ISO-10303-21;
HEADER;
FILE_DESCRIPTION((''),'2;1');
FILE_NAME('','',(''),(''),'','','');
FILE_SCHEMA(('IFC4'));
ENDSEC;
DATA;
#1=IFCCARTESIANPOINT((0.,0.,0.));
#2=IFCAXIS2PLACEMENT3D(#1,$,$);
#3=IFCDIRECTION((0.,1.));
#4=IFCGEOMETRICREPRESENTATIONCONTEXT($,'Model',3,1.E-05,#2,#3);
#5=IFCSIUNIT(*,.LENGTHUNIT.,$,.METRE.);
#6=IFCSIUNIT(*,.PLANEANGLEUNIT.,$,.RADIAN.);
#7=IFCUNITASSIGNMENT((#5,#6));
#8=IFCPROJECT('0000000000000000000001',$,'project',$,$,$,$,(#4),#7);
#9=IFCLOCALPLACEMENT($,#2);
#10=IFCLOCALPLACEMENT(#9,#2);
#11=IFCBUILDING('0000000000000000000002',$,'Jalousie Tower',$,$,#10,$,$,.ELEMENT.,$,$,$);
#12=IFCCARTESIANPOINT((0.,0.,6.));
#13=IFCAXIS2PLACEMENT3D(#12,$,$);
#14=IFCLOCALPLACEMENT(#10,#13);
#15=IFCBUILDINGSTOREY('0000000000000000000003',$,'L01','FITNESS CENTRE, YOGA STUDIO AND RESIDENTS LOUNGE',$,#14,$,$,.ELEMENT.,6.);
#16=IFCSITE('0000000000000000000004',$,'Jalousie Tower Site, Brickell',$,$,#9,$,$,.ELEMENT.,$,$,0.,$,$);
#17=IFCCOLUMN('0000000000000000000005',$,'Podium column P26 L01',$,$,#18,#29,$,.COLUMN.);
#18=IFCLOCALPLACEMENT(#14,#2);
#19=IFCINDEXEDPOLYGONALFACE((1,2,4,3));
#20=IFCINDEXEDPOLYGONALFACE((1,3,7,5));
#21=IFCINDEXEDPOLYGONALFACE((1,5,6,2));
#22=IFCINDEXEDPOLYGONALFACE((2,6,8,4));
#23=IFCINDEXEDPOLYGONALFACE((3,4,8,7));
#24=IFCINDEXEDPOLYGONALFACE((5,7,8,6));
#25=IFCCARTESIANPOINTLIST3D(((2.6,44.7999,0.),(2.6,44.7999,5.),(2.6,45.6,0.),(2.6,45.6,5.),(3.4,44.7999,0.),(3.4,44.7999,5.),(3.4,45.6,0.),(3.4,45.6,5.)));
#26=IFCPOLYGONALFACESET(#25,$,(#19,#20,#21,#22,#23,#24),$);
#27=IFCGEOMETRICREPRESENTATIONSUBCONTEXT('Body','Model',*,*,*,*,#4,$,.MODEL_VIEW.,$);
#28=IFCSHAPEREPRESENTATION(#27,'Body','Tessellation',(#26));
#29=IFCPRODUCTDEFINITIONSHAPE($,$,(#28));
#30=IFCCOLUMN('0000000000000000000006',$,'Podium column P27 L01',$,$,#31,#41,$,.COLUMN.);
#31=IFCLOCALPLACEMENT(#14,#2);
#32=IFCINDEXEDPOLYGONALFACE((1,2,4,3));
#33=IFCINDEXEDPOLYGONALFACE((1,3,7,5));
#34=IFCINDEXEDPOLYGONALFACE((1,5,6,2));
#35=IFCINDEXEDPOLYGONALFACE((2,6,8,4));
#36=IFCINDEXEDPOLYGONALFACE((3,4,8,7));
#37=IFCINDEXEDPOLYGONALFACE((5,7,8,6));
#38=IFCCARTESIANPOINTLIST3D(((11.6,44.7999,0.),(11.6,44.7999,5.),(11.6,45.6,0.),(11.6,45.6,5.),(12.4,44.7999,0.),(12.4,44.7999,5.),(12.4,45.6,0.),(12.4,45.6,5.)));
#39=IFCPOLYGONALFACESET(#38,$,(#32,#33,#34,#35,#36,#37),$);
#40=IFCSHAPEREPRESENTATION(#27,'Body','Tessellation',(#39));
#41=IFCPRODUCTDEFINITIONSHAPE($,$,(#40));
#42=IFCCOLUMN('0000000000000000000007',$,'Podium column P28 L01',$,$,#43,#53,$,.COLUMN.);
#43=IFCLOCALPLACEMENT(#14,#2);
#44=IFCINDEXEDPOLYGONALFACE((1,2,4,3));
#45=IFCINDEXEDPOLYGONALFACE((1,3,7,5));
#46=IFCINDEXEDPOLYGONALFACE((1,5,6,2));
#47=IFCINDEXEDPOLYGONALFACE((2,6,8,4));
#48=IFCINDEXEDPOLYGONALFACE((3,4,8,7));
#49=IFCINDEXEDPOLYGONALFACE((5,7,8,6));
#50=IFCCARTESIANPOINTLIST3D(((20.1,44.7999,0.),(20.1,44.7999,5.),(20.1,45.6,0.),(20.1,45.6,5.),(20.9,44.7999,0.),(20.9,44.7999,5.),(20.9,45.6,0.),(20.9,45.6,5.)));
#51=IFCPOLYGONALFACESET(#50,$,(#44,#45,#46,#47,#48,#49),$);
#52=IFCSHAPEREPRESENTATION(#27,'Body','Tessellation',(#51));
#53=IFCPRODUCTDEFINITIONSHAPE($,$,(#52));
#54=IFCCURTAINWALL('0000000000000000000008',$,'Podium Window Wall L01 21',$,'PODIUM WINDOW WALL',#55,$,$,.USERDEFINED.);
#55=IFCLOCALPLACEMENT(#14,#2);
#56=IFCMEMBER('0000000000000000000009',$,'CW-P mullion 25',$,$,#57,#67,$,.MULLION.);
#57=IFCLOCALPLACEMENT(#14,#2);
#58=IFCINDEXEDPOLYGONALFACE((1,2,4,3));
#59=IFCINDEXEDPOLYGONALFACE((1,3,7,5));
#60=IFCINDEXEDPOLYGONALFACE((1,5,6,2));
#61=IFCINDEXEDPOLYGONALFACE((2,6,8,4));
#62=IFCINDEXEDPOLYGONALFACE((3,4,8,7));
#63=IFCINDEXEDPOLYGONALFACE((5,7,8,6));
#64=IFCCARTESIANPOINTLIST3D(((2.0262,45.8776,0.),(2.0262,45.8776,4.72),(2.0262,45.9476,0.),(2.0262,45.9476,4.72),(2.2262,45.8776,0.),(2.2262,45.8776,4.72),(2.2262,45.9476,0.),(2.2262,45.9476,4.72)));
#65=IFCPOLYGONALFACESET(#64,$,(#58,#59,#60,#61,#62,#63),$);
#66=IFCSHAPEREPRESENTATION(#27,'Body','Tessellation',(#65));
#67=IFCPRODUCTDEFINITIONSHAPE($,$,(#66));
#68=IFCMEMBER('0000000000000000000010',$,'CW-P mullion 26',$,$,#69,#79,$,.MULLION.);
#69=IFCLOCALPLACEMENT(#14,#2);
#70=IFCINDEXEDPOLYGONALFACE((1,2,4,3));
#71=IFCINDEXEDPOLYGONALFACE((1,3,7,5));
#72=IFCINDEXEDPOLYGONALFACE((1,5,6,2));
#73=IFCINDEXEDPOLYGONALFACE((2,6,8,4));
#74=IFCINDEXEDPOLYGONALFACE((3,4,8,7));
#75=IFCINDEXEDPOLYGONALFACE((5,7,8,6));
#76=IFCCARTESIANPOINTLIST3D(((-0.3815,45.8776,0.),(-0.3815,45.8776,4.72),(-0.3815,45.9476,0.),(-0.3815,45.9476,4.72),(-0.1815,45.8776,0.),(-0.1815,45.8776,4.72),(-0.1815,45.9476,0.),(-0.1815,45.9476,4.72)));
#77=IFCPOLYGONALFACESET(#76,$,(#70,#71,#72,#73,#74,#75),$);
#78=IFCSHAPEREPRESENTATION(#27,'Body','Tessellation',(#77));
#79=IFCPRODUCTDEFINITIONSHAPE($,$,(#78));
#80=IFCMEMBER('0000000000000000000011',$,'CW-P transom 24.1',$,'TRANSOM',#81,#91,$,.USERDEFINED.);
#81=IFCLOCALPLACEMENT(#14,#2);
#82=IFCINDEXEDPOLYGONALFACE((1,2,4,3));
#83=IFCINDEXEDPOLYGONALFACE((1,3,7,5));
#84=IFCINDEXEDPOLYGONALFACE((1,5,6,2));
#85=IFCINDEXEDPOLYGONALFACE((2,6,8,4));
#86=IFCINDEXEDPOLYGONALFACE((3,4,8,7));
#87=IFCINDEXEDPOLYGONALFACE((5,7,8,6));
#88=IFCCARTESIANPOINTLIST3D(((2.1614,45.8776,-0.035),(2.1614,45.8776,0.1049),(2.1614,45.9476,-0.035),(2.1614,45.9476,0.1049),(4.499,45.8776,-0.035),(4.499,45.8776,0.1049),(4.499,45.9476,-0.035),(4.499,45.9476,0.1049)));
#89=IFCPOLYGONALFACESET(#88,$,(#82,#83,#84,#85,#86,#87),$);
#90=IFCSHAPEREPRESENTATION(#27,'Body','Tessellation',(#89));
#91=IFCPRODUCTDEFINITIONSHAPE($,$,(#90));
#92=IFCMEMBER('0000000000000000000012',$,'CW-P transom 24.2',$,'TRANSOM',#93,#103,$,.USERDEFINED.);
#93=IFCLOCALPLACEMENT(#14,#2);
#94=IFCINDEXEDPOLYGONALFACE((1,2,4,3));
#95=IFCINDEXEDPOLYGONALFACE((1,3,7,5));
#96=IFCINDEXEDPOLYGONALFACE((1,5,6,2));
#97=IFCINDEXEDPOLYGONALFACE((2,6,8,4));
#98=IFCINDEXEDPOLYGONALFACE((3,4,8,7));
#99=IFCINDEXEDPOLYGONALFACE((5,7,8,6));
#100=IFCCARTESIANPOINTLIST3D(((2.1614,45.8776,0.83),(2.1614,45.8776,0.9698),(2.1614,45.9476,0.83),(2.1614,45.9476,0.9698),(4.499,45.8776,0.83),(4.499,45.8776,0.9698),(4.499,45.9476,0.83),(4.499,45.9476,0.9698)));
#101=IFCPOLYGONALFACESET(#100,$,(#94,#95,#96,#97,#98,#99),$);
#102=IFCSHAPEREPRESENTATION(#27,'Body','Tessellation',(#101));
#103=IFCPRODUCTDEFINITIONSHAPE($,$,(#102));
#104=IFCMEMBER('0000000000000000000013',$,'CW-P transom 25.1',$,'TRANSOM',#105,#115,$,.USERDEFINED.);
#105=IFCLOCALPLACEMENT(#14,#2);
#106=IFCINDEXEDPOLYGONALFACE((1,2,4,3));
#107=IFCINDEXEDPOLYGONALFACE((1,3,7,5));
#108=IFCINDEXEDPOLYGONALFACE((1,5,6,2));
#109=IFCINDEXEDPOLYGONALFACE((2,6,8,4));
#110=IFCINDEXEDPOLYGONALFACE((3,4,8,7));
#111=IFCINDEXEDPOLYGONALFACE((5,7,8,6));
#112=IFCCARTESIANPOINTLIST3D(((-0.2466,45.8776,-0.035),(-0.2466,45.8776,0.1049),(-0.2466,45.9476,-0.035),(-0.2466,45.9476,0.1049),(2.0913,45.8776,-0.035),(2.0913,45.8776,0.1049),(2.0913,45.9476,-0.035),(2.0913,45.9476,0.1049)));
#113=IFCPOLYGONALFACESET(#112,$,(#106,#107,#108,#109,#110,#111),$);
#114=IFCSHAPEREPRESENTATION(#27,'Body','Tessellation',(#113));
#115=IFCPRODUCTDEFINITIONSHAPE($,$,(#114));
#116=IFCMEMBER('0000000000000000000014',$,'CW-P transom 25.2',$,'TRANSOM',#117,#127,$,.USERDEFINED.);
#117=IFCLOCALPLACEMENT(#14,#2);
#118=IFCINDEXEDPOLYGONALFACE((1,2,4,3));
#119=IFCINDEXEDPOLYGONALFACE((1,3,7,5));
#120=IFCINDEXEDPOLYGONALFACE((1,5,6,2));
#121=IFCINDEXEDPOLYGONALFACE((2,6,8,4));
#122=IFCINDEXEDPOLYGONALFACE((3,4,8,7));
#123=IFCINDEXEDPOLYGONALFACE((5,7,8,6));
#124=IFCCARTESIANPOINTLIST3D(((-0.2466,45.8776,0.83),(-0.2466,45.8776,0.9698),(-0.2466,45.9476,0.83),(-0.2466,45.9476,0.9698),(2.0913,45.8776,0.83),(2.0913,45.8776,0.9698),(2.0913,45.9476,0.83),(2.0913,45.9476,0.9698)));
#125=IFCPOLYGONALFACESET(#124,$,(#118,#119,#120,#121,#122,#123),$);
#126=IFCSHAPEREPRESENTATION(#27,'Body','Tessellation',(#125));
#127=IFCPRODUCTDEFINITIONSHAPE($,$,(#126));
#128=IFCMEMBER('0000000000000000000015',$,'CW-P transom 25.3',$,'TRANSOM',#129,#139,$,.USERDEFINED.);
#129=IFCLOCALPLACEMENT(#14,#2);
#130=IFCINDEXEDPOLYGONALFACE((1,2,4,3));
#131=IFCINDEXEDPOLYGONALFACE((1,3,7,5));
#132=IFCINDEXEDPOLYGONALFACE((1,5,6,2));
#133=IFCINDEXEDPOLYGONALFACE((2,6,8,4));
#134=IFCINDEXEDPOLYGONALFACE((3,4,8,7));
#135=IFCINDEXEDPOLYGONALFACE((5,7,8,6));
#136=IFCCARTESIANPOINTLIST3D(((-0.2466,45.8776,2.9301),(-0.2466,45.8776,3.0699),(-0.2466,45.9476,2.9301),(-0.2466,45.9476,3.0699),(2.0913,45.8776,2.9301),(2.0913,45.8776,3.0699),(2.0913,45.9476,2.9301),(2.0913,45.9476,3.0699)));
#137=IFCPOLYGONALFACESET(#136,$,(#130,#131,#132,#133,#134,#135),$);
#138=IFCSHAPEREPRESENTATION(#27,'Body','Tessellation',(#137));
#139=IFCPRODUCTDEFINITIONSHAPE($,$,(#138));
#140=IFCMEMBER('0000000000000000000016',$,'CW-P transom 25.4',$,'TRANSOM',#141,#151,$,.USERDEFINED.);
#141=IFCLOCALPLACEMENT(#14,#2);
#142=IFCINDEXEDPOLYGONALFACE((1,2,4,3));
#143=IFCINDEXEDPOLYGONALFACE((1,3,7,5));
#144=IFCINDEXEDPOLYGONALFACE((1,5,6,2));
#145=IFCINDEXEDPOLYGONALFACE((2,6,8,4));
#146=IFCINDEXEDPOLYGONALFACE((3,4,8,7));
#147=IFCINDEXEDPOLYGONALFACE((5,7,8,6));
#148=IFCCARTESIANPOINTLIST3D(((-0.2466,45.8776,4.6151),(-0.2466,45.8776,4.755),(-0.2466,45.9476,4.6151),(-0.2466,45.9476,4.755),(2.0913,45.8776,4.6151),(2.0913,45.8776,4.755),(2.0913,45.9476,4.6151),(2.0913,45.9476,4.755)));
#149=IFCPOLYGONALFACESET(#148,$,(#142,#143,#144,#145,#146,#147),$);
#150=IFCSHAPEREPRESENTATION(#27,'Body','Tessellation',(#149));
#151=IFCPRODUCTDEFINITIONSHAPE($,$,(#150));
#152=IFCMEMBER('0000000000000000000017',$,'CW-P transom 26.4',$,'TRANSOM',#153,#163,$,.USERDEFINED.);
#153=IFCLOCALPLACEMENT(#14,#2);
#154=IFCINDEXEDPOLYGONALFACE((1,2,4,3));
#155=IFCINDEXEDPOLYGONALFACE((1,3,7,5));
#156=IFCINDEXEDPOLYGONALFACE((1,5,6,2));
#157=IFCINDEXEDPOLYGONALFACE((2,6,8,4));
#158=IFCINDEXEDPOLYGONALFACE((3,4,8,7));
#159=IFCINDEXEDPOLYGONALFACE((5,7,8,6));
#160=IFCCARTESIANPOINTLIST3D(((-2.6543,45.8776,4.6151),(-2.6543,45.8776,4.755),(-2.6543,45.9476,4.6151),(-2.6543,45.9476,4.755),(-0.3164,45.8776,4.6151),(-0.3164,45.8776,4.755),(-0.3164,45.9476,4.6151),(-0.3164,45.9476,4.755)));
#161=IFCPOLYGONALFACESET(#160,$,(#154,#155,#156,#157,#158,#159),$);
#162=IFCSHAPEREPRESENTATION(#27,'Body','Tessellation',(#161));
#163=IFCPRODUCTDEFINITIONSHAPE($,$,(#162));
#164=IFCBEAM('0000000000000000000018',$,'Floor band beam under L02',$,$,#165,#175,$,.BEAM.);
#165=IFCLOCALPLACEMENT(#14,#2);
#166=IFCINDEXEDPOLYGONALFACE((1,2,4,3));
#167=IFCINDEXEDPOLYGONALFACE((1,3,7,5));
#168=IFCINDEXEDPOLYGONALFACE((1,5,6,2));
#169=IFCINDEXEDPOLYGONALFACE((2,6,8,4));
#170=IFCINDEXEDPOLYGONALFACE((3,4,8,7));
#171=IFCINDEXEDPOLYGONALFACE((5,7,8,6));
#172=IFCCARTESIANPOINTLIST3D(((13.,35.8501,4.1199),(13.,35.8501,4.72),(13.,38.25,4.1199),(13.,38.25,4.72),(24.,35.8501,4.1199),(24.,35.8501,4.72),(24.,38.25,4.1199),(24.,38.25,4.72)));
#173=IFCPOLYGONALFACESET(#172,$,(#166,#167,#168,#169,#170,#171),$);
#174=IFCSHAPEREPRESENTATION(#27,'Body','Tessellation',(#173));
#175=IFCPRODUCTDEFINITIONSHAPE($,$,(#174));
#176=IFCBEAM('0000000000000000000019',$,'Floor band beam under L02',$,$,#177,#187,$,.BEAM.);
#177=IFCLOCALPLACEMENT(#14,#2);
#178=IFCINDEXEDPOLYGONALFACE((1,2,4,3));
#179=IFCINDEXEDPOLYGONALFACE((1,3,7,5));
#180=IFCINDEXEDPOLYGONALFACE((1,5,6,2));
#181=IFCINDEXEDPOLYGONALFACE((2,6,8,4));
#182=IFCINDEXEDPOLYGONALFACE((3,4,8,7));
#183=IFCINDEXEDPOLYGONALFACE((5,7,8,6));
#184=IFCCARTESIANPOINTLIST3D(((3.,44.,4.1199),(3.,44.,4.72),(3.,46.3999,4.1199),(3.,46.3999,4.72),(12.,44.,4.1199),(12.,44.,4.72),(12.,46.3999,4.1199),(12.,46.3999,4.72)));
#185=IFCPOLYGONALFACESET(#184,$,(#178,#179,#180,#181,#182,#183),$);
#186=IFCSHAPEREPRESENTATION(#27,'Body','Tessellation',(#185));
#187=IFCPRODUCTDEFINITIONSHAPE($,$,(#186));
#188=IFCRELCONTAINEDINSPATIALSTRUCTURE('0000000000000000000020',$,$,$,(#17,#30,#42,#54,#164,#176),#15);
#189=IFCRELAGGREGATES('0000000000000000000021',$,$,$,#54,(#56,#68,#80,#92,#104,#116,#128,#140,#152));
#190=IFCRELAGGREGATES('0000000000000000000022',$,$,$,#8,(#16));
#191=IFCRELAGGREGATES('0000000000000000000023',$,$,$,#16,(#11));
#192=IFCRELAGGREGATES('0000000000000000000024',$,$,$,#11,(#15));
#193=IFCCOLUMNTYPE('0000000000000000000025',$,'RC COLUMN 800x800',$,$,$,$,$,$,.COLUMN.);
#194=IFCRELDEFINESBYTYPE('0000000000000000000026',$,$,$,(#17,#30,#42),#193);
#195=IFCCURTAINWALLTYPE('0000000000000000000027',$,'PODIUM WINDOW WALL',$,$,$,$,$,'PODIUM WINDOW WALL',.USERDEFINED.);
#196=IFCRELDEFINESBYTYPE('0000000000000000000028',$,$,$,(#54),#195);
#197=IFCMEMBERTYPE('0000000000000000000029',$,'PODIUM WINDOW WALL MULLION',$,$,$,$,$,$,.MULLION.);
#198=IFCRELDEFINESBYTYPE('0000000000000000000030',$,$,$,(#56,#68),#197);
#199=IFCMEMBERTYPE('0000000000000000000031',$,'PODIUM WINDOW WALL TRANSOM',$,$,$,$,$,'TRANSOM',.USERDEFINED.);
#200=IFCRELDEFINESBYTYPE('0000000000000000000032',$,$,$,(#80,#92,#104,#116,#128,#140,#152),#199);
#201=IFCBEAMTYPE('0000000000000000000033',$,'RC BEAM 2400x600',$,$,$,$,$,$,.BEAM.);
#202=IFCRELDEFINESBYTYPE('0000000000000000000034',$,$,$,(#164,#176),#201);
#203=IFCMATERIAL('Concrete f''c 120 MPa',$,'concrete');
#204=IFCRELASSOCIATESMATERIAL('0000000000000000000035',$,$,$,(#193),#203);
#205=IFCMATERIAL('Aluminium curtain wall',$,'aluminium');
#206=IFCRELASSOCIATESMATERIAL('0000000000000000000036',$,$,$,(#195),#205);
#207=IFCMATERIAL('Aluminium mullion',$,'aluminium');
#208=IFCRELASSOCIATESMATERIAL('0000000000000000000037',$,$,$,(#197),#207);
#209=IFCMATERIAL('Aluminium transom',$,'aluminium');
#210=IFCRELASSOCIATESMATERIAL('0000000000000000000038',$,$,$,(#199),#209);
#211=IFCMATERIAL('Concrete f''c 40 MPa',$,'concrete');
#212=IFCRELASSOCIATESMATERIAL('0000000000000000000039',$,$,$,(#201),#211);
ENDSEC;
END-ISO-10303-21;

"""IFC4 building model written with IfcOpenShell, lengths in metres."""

from ifc_helpers import new_model, si_unit, direction, frame, origin, origin_2d, place, context, subcontext, project, spatial, rectangle, extrude, material, material_profile, profile_set, type_object, element, aggregate, save


model = new_model("IFC4")

# Units and contexts
model_context = context("Model", 3, precision=1e-05, world=origin(), true_north=direction((0.0, 1.0)))
body_context = subcontext(model_context, "Body", "Model", "MODEL_VIEW")
ifc_project = project(units=[si_unit("LENGTHUNIT", "METRE"), si_unit("PLANEANGLEUNIT", "RADIAN")], contexts=[model_context])

# Site, building, storey
site_placement = place(None, origin())
site = spatial("IfcSite", under=ifc_project, at=site_placement, Name="Jalousie Tower Site, Brickell", CompositionType="ELEMENT", RefElevation=0.0)
building_placement = place(site_placement, origin())
building = spatial("IfcBuilding", under=site, at=building_placement, Name="Jalousie Tower", CompositionType="ELEMENT")
storey_placement = place(building_placement, frame((0.0, 0.0, 6.0)))
storey = spatial("IfcBuildingStorey", under=building, at=storey_placement, Name="L01", Description="FITNESS CENTRE, YOGA STUDIO AND RESIDENTS LOUNGE", CompositionType="ELEMENT", Elevation=6.0)

# Columns
ifc_material_1 = material(Name="Concrete f'c 120 MPa", Category="concrete")
ifc_material_profile_1 = material_profile(ifc_material_1, rectangle(XDim=0.8, YDim=0.8, at=origin_2d()), Name="RC 800x800")
ifc_profile_set_1 = profile_set([ifc_material_profile_1], Name="Concrete f'c 120 MPa")
column_type = type_object("IfcColumnType", Name="RC COLUMN 800x800", PredefinedType="COLUMN", material=ifc_profile_set_1)
for number, where, z_axis, x_axis, name in (
    (1, (3.0, 45.2, 0.0), (0.0, 0.0, 1.0), (1.0, 0.0, 0.0), "Podium column P26 L01"),
    (2, (12.0, 45.2, 0.0), (0.0, 0.0, 1.0), (1.0, 0.0, 0.0), "Podium column P27 L01"),
    (3, (20.5, 45.2, 0.0), (0.0, 0.0, 1.0), (1.0, 0.0, 0.0), "Podium column P28 L01"),
):
    element("IfcColumn", number, at=place(storey_placement, frame(where, z_axis=z_axis, x_axis=x_axis)), inside=storey, type_object=column_type, Name=name, PredefinedType="COLUMN", context=body_context, shape_type="SweptSolid", body=[
        extrude(rectangle(XDim=0.8, YDim=0.8, at=origin_2d()), origin(), (0.0, 0.0, 1.0), 5.0),
    ])

# Curtain wall, members
ifc_material_2 = material(Name="Aluminium curtain wall", Category="aluminium")
curtain_wall_type = type_object("IfcCurtainWallType", Name="PODIUM WINDOW WALL", ElementType="PODIUM WINDOW WALL", PredefinedType="USERDEFINED", material=ifc_material_2)
curtain_wall_placement = place(storey_placement, origin())
curtain_wall = element("IfcCurtainWall", 4, at=curtain_wall_placement, inside=storey, type_object=curtain_wall_type, Name="Podium Window Wall L01 21", ObjectType="PODIUM WINDOW WALL", PredefinedType="USERDEFINED")
ifc_material_3 = material(Name="Aluminium mullion", Category="aluminium")
ifc_material_profile_2 = material_profile(ifc_material_3, rectangle(XDim=0.0701, YDim=0.2, at=origin_2d()), Name="MULLION 70x200")
ifc_profile_set_2 = profile_set([ifc_material_profile_2], Name="Aluminium mullion")
member_type_1 = type_object("IfcMemberType", Name="PODIUM WINDOW WALL MULLION", PredefinedType="MULLION", material=ifc_profile_set_2)
member_1_placement = place(storey_placement, frame((2.1262, 45.9126, 0.0), z_axis=(0.0, 0.0, 1.0), x_axis=(0.0, -1.0, 0.0)))
member_1 = element("IfcMember", 5, at=member_1_placement, type_object=member_type_1, Name="CW-P mullion 25", PredefinedType="MULLION", context=body_context, shape_type="SweptSolid", body=[
    extrude(rectangle(XDim=0.0701, YDim=0.2, at=origin_2d()), origin(), (0.0, 0.0, 1.0), 4.72),
])
member_2_placement = place(storey_placement, frame((-0.2815, 45.9126, 0.0), z_axis=(0.0, 0.0, 1.0), x_axis=(0.0, -1.0, 0.0)))
member_2 = element("IfcMember", 6, at=member_2_placement, type_object=member_type_1, Name="CW-P mullion 26", PredefinedType="MULLION", context=body_context, shape_type="SweptSolid", body=[
    extrude(rectangle(XDim=0.0701, YDim=0.2, at=origin_2d()), origin(), (0.0, 0.0, 1.0), 4.72),
])
ifc_material_4 = material(Name="Aluminium transom", Category="aluminium")
ifc_material_profile_3 = material_profile(ifc_material_4, rectangle(XDim=0.0701, YDim=0.1399, at=origin_2d()), Name="TRANSOM 70x140")
ifc_profile_set_3 = profile_set([ifc_material_profile_3], Name="Aluminium transom")
member_type_2 = type_object("IfcMemberType", Name="PODIUM WINDOW WALL TRANSOM", ElementType="TRANSOM", PredefinedType="USERDEFINED", material=ifc_profile_set_3)
member_3_placement = place(storey_placement, frame((4.499, 45.9126, 0.0349), z_axis=(-1.0, 0.0, 0.0), x_axis=(0.0, -1.0, 0.0)))
member_3 = element("IfcMember", 7, at=member_3_placement, type_object=member_type_2, Name="CW-P transom 24.1", ObjectType="TRANSOM", PredefinedType="USERDEFINED", context=body_context, shape_type="SweptSolid", body=[
    extrude(rectangle(XDim=0.0701, YDim=0.1399, at=origin_2d()), origin(), (0.0, 0.0, 1.0), 2.3376),
])
member_4_placement = place(storey_placement, frame((4.499, 45.9126, 0.8999), z_axis=(-1.0, 0.0, 0.0), x_axis=(0.0, -1.0, 0.0)))
member_4 = element("IfcMember", 8, at=member_4_placement, type_object=member_type_2, Name="CW-P transom 24.2", ObjectType="TRANSOM", PredefinedType="USERDEFINED", context=body_context, shape_type="SweptSolid", body=[
    extrude(rectangle(XDim=0.0701, YDim=0.1399, at=origin_2d()), origin(), (0.0, 0.0, 1.0), 2.3376),
])
member_5_placement = place(storey_placement, frame((2.0913, 45.9126, 0.0349), z_axis=(-1.0, 0.0, 0.0), x_axis=(0.0, -1.0, 0.0)))
member_5 = element("IfcMember", 9, at=member_5_placement, type_object=member_type_2, Name="CW-P transom 25.1", ObjectType="TRANSOM", PredefinedType="USERDEFINED", context=body_context, shape_type="SweptSolid", body=[
    extrude(rectangle(XDim=0.0701, YDim=0.1399, at=origin_2d()), origin(), (0.0, 0.0, 1.0), 2.3379),
])
member_6_placement = place(storey_placement, frame((2.0913, 45.9126, 0.8999), z_axis=(-1.0, 0.0, 0.0), x_axis=(0.0, -1.0, 0.0)))
member_6 = element("IfcMember", 10, at=member_6_placement, type_object=member_type_2, Name="CW-P transom 25.2", ObjectType="TRANSOM", PredefinedType="USERDEFINED", context=body_context, shape_type="SweptSolid", body=[
    extrude(rectangle(XDim=0.0701, YDim=0.1399, at=origin_2d()), origin(), (0.0, 0.0, 1.0), 2.3379),
])
member_7_placement = place(storey_placement, frame((2.0913, 45.9126, 3.0), z_axis=(-1.0, 0.0, 0.0), x_axis=(0.0, -1.0, 0.0)))
member_7 = element("IfcMember", 11, at=member_7_placement, type_object=member_type_2, Name="CW-P transom 25.3", ObjectType="TRANSOM", PredefinedType="USERDEFINED", context=body_context, shape_type="SweptSolid", body=[
    extrude(rectangle(XDim=0.0701, YDim=0.1399, at=origin_2d()), origin(), (0.0, 0.0, 1.0), 2.3379),
])
member_8_placement = place(storey_placement, frame((2.0913, 45.9126, 4.6851), z_axis=(-1.0, 0.0, 0.0), x_axis=(0.0, -1.0, 0.0)))
member_8 = element("IfcMember", 12, at=member_8_placement, type_object=member_type_2, Name="CW-P transom 25.4", ObjectType="TRANSOM", PredefinedType="USERDEFINED", context=body_context, shape_type="SweptSolid", body=[
    extrude(rectangle(XDim=0.0701, YDim=0.1399, at=origin_2d()), origin(), (0.0, 0.0, 1.0), 2.3379),
])
member_9_placement = place(storey_placement, frame((-0.3164, 45.9126, 4.6851), z_axis=(-1.0, 0.0, 0.0), x_axis=(0.0, -1.0, 0.0)))
member_9 = element("IfcMember", 13, at=member_9_placement, type_object=member_type_2, Name="CW-P transom 26.4", ObjectType="TRANSOM", PredefinedType="USERDEFINED", context=body_context, shape_type="SweptSolid", body=[
    extrude(rectangle(XDim=0.0701, YDim=0.1399, at=origin_2d()), origin(), (0.0, 0.0, 1.0), 2.3379),
])

# Beams
ifc_material_5 = material(Name="Concrete f'c 40 MPa", Category="concrete")
ifc_material_profile_4 = material_profile(ifc_material_5, rectangle(XDim=2.3999, YDim=0.6001, at=origin_2d()), Name="RC 2400x600")
ifc_profile_set_4 = profile_set([ifc_material_profile_4], Name="Concrete f'c 40 MPa")
beam_type_1 = type_object("IfcBeamType", Name="RC BEAM 2400x600", PredefinedType="BEAM", material=ifc_profile_set_4)
beam_1_placement = place(storey_placement, frame((24.0, 37.05, 4.4199), z_axis=(-1.0, 0.0, 0.0), x_axis=(0.0, -1.0, 0.0)))
element("IfcBeam", 14, at=beam_1_placement, inside=storey, type_object=beam_type_1, Name="Floor band beam under L02", PredefinedType="BEAM", context=body_context, shape_type="SweptSolid", body=[
    extrude(rectangle(XDim=2.3999, YDim=0.6001, at=origin_2d()), origin(), (0.0, 0.0, 1.0), 11.0),
])
beam_2_placement = place(storey_placement, frame((3.0, 45.2, 4.4199), z_axis=(1.0, 0.0, 0.0), x_axis=(0.0, 1.0, 0.0)))
element("IfcBeam", 15, at=beam_2_placement, inside=storey, type_object=beam_type_1, Name="Floor band beam under L02", PredefinedType="BEAM", context=body_context, shape_type="SweptSolid", body=[
    extrude(rectangle(XDim=2.3999, YDim=0.6001, at=origin_2d()), origin(), (0.0, 0.0, 1.0), 9.0),
])

aggregate(curtain_wall, [member_1, member_2, member_3, member_4, member_5, member_6, member_7, member_8, member_9])

save(model, "model.ifc")
